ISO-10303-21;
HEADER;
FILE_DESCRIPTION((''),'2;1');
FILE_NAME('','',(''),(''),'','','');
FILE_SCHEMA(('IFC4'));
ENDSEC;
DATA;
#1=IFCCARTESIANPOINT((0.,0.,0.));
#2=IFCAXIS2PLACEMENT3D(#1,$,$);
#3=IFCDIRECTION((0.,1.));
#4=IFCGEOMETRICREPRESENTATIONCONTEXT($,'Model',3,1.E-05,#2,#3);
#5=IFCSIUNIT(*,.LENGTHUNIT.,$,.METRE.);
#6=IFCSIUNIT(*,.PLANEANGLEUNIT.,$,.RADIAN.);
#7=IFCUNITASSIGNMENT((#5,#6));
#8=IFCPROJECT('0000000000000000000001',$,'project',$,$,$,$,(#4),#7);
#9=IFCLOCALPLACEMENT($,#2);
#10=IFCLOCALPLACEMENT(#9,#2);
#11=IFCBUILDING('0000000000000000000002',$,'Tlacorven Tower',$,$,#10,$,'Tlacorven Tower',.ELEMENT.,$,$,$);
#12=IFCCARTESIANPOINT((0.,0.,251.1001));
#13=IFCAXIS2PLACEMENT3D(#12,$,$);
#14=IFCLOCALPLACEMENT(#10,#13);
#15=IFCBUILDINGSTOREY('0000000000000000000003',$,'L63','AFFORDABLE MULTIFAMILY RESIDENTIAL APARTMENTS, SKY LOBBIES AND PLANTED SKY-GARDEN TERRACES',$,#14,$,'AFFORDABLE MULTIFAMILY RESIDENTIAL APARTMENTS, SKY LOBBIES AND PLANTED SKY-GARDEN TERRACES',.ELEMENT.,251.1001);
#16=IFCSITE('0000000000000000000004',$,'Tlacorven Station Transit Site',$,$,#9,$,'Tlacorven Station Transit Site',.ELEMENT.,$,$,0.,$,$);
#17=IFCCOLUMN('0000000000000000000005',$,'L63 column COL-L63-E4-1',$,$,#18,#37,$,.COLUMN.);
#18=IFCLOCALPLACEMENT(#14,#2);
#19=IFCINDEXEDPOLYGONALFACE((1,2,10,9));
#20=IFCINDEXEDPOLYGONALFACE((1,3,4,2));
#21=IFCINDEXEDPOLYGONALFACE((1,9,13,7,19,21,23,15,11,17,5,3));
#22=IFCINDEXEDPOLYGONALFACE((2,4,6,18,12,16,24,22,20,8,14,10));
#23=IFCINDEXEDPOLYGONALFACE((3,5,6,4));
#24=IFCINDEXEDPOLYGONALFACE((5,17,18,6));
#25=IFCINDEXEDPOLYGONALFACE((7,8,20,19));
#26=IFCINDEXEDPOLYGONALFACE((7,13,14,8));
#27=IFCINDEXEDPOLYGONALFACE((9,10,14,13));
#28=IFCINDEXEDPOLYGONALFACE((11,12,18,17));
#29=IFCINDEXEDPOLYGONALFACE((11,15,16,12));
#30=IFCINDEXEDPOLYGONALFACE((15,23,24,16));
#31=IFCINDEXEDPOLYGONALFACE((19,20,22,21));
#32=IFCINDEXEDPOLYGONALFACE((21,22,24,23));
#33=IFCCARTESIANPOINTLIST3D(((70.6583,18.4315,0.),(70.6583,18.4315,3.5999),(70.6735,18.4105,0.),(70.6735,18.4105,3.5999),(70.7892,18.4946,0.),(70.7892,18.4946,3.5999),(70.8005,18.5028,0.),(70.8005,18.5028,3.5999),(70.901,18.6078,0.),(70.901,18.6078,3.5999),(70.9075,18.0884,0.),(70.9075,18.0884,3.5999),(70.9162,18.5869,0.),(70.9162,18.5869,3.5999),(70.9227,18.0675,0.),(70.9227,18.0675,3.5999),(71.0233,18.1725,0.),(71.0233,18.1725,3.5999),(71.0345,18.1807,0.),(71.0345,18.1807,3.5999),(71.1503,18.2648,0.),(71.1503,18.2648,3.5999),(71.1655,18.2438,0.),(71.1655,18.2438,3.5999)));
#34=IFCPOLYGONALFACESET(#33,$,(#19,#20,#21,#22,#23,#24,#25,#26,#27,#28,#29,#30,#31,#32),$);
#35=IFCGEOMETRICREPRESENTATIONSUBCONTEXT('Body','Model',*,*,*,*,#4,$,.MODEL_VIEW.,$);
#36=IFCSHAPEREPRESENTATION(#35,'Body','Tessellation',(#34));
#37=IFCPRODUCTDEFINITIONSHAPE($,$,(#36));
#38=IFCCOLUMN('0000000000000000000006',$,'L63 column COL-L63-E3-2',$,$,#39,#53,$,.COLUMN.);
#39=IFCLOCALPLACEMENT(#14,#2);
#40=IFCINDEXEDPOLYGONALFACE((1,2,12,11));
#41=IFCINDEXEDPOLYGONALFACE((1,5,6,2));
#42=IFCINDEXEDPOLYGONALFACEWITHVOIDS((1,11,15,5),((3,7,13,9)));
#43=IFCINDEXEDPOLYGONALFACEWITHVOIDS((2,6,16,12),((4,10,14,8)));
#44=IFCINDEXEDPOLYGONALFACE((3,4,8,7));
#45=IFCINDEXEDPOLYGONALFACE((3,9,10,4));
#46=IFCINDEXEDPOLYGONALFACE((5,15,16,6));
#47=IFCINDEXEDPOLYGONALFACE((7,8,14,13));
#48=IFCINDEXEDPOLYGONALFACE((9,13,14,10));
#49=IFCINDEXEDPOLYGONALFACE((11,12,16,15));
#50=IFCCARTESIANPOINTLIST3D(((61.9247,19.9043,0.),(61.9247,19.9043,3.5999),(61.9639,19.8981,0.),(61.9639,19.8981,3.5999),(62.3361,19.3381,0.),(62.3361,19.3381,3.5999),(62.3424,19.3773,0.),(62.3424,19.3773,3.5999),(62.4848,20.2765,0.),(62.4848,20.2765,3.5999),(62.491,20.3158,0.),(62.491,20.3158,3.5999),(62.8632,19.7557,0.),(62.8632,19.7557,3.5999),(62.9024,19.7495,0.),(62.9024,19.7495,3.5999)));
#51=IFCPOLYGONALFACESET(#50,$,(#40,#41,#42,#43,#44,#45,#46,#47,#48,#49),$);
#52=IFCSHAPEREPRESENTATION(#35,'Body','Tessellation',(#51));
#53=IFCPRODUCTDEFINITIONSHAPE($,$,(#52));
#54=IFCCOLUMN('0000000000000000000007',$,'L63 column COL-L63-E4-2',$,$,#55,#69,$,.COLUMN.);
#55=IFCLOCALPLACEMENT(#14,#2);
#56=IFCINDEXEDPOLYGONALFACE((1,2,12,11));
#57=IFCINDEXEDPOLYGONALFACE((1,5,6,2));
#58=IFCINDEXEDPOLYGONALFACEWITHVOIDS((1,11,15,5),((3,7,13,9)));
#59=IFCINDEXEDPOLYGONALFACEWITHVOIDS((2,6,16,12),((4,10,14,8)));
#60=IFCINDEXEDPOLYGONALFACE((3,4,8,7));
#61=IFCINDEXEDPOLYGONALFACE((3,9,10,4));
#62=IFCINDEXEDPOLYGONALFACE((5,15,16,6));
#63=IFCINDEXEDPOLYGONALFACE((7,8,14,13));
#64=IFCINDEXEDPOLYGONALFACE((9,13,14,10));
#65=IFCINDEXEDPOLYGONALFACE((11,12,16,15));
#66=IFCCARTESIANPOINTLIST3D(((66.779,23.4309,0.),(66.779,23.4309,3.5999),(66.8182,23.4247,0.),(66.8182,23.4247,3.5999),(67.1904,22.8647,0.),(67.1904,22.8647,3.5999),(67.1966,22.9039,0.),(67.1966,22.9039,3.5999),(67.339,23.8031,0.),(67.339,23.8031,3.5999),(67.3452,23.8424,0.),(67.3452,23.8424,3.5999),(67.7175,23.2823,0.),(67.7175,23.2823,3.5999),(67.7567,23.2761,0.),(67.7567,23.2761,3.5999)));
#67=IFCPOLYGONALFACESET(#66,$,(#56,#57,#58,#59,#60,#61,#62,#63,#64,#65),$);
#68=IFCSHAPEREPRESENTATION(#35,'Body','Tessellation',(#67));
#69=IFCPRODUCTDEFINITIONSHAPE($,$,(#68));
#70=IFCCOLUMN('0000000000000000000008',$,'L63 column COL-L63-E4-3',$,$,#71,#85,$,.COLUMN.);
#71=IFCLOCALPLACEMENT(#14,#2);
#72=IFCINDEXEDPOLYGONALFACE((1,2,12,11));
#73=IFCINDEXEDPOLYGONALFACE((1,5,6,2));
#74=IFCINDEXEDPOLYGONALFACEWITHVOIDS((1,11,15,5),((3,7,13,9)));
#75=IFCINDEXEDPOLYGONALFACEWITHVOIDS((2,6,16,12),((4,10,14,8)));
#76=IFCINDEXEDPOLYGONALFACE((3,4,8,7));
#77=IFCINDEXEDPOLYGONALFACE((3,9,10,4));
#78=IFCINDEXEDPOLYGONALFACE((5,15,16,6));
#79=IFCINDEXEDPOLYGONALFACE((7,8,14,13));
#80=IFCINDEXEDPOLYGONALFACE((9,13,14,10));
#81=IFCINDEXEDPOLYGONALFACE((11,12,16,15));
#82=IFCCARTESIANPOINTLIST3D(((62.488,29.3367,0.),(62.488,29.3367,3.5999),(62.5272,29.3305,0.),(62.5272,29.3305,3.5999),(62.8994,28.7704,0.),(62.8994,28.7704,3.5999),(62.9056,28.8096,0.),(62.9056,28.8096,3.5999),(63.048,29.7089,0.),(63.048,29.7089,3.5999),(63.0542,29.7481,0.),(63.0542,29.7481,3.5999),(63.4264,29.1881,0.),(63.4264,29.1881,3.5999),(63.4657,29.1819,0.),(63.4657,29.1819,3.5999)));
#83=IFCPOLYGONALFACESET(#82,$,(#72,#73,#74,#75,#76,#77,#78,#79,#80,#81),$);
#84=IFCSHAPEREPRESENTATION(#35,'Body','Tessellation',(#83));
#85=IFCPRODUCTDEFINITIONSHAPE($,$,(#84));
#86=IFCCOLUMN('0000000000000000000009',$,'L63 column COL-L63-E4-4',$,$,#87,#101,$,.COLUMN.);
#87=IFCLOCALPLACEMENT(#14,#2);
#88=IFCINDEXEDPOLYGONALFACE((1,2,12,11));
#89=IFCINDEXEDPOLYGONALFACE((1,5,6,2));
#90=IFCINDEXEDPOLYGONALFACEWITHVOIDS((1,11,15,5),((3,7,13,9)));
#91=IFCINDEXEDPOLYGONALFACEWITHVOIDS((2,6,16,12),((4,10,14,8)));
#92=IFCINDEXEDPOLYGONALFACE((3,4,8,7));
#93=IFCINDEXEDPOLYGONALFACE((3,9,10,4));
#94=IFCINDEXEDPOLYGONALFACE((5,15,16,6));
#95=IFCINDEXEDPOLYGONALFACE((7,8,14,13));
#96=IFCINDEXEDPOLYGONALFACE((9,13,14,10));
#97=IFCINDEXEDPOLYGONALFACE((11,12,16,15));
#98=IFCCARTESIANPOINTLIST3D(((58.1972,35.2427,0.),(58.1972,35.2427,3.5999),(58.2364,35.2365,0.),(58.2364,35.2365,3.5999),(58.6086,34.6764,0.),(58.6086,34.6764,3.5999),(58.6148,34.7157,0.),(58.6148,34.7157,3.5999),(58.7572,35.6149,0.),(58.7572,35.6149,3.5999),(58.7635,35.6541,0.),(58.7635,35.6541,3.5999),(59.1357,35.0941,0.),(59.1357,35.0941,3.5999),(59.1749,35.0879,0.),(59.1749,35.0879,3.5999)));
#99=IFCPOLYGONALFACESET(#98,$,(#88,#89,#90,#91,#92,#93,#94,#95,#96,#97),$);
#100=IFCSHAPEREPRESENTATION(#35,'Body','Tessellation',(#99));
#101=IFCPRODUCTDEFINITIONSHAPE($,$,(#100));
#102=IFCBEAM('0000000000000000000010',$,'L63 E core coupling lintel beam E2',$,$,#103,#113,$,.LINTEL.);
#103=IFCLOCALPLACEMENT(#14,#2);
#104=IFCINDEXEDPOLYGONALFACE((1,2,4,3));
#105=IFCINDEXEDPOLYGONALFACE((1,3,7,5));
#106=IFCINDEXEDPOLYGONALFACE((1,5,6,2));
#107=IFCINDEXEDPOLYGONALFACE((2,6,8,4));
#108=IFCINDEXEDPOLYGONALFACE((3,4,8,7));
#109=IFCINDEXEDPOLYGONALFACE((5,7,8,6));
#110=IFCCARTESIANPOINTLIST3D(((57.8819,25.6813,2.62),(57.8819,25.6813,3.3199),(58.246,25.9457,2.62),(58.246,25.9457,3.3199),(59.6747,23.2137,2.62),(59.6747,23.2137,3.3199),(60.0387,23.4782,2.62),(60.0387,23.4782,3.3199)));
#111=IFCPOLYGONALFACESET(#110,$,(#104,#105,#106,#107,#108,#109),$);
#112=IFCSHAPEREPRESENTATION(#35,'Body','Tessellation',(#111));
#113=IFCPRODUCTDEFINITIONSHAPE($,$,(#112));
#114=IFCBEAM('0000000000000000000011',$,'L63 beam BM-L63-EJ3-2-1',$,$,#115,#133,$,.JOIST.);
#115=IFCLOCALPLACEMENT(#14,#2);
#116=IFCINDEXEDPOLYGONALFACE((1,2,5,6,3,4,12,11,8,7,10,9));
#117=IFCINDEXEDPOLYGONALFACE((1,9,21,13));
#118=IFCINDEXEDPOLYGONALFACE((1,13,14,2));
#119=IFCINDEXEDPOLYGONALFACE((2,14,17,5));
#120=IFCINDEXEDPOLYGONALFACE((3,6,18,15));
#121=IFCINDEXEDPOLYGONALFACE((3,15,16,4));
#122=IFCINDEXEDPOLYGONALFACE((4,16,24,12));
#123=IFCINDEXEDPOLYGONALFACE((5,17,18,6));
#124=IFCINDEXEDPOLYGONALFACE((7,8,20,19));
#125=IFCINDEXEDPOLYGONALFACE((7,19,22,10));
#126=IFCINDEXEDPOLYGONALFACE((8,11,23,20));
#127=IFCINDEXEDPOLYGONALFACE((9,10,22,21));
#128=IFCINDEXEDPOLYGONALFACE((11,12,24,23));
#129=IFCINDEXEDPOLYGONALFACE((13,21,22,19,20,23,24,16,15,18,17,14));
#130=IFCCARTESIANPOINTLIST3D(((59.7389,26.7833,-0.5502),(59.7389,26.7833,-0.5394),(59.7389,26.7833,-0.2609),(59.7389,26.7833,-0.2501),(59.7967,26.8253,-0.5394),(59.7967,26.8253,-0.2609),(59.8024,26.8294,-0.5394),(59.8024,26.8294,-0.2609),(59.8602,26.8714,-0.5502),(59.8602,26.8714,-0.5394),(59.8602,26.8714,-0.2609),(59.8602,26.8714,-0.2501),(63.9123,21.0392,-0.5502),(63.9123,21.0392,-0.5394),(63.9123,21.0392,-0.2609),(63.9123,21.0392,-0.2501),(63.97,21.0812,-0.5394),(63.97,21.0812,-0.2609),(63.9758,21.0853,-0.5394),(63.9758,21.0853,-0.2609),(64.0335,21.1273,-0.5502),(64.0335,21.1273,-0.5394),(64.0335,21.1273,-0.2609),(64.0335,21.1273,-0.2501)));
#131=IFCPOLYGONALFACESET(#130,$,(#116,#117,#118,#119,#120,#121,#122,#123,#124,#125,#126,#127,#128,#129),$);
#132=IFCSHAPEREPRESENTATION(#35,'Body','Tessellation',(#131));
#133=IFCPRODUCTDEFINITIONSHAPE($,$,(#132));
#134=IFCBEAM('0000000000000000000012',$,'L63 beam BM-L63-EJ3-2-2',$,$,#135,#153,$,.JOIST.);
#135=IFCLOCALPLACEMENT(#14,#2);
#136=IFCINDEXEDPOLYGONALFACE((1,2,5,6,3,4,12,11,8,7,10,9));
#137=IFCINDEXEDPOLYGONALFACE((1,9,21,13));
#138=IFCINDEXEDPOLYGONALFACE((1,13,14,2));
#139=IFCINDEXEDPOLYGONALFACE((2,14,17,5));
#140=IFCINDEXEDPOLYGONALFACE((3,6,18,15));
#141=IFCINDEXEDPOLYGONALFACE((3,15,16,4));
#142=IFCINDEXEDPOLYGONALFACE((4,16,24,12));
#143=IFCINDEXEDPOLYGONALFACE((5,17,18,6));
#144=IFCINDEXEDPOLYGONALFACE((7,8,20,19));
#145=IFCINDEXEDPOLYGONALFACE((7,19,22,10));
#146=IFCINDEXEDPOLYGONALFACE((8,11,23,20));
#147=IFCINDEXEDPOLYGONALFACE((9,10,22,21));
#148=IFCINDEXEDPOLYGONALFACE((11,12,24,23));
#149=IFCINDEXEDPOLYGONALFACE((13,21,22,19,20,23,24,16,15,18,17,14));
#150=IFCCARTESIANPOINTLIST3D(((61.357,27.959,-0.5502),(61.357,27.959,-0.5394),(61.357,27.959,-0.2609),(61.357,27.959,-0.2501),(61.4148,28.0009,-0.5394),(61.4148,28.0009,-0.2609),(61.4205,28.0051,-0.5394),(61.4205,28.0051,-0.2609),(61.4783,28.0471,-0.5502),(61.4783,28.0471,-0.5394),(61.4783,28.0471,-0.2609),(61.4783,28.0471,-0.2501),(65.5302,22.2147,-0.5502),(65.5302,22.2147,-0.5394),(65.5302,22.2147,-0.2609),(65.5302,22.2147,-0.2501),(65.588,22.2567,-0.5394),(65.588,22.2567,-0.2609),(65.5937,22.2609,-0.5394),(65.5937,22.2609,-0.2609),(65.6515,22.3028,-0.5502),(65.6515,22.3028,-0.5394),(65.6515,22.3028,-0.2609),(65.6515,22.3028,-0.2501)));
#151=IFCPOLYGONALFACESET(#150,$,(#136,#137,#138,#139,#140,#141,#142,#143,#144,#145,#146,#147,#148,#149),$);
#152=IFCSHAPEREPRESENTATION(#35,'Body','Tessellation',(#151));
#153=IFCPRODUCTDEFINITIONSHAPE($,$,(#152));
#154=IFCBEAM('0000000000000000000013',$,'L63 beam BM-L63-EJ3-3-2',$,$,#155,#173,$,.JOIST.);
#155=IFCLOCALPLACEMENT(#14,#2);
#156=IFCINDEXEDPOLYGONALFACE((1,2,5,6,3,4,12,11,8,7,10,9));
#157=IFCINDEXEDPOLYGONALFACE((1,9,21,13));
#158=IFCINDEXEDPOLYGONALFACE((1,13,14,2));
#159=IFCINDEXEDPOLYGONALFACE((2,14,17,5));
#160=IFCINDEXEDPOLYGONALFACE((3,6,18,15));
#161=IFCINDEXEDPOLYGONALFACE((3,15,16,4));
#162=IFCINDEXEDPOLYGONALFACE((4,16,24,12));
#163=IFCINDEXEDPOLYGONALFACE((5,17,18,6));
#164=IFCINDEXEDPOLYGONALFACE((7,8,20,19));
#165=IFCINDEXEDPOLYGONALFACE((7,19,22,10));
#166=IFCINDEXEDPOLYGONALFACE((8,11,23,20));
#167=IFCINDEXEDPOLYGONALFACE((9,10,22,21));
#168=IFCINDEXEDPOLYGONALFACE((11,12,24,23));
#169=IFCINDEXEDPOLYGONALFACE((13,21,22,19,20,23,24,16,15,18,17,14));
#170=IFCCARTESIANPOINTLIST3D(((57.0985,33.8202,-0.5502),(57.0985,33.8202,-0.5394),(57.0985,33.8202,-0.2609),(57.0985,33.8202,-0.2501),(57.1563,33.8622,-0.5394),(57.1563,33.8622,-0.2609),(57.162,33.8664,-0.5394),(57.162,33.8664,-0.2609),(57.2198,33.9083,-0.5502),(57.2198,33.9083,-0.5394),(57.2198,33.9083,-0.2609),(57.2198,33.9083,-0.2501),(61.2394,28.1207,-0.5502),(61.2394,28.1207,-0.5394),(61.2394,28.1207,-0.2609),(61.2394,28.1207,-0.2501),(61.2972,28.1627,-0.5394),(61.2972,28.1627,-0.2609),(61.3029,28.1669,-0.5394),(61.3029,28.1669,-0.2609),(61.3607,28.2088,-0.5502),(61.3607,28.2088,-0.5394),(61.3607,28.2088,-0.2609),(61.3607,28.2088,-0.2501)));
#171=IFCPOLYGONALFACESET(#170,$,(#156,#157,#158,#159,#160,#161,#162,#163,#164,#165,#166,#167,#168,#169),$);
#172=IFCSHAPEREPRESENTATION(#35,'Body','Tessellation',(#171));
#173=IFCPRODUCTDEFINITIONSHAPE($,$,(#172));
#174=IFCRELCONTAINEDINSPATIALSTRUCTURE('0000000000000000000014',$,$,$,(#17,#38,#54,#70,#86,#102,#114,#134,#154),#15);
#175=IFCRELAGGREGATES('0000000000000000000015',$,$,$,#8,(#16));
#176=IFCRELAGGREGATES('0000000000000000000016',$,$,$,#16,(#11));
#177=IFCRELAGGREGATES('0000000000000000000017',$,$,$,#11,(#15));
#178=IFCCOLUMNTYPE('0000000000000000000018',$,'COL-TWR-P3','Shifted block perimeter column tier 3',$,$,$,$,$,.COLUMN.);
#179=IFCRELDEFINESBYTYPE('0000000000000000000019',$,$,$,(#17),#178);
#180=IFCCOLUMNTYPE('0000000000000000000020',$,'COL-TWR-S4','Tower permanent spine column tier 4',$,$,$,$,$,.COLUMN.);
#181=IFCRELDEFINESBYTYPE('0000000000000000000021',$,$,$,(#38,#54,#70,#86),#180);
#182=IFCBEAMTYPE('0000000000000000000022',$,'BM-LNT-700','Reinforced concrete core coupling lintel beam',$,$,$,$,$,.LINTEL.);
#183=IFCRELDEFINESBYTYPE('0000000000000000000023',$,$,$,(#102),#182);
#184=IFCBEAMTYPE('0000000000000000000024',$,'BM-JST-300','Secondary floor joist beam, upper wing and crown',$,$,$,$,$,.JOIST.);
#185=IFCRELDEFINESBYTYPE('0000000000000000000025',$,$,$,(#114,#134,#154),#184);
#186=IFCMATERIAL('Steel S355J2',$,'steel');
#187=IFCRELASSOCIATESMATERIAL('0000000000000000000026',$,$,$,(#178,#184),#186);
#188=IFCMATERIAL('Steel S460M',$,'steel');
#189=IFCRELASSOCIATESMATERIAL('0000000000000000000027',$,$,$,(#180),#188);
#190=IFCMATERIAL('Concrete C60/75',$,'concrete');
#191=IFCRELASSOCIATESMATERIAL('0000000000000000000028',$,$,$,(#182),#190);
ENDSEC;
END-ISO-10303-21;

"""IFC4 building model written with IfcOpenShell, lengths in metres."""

from ifc_helpers import new_model, si_unit, direction, frame, origin, origin_2d, place, context, subcontext, project, spatial, rectangle, hollow_rectangle, i_section, extrude, source, transform, mapped, material, material_profile, profile_set, type_object, element, save


model = new_model("IFC4")

# Units and contexts
model_context = context("Model", 3, precision=1e-05, world=origin(), true_north=direction((0.0, 1.0)))
body_context = subcontext(model_context, "Body", "Model", "MODEL_VIEW")
ifc_project = project(units=[si_unit("LENGTHUNIT", "METRE"), si_unit("PLANEANGLEUNIT", "RADIAN")], contexts=[model_context])

# Site, building, storey
site_placement = place(None, origin())
site = spatial("IfcSite", under=ifc_project, at=site_placement, Name="Tlacorven Station Transit Site", LongName="Tlacorven Station Transit Site", CompositionType="ELEMENT", RefElevation=0.0)
building_placement = place(site_placement, origin())
building = spatial("IfcBuilding", under=site, at=building_placement, Name="Tlacorven Tower", LongName="Tlacorven Tower", CompositionType="ELEMENT")
storey_placement = place(building_placement, frame((0.0, 0.0, 251.1001)))
storey = spatial("IfcBuildingStorey", under=building, at=storey_placement, Name="L63", Description="AFFORDABLE MULTIFAMILY RESIDENTIAL APARTMENTS, SKY LOBBIES AND PLANTED SKY-GARDEN TERRACES", LongName="AFFORDABLE MULTIFAMILY RESIDENTIAL APARTMENTS, SKY LOBBIES AND PLANTED SKY-GARDEN TERRACES", CompositionType="ELEMENT", Elevation=251.1001)

# Columns
ifc_material_1 = material(Name="Steel S355J2", Category="steel")
ifc_material_profile_1 = material_profile(ifc_material_1, i_section(OverallWidth=0.3, OverallDepth=0.45, WebThickness=0.0139, FlangeThickness=0.0259, at=origin_2d()), Name="HEB 450")
ifc_profile_set_1 = profile_set([ifc_material_profile_1], Name="Steel S355J2")
column_type_1 = type_object("IfcColumnType", Name="COL-TWR-P3", Description="Shifted block perimeter column tier 3", PredefinedType="COLUMN", material=ifc_profile_set_1)
shared_shape_1 = source(origin(), body_context, "Body", "SweptSolid", [
    extrude(i_section(OverallWidth=0.3, OverallDepth=0.45, WebThickness=0.0139, FlangeThickness=0.0259, at=origin_2d()), origin(), (0.0, 0.0, 1.0), 3.5999),
])
column_placement = place(storey_placement, frame((70.9119, 18.3376, 0.0), z_axis=(0.0, 0.0, 1.0), x_axis=(0.809017, 0.587785, 0.0)))
element("IfcColumn", 1, at=column_placement, inside=storey, type_object=column_type_1, Name="L63 column COL-L63-E4-1", PredefinedType="COLUMN", context=body_context, shape_type="MappedRepresentation", body=[
    mapped(shared_shape_1, transform((0.0, 0.0, 0.0), scale=1.0)),
])
ifc_material_2 = material(Name="Steel S460M", Category="steel")
ifc_material_profile_2 = material_profile(ifc_material_2, hollow_rectangle(XDim=0.7, YDim=0.7, WallThickness=0.0281, at=origin_2d()), Name="BOX 700X700X28")
ifc_profile_set_2 = profile_set([ifc_material_profile_2], Name="Steel S460M")
column_type_2 = type_object("IfcColumnType", Name="COL-TWR-S4", Description="Tower permanent spine column tier 4", PredefinedType="COLUMN", material=ifc_profile_set_2)
shared_shape_2 = source(origin(), body_context, "Body", "SweptSolid", [
    extrude(hollow_rectangle(XDim=0.7, YDim=0.7, WallThickness=0.0281, at=origin_2d()), origin(), (0.0, 0.0, 1.0), 3.5999),
])
for number, where, z_axis, x_axis, name in (
    (2, (62.4136, 19.8269, 0.0), (0.0, 0.0, 1.0), (0.809017, 0.587785, 0.0), "L63 column COL-L63-E3-2"),
    (3, (67.2678, 23.3535, 0.0), (0.0, 0.0, 1.0), (0.809017, 0.587785, 0.0), "L63 column COL-L63-E4-2"),
    (4, (62.9768, 29.2593, 0.0), (0.0, 0.0, 1.0), (0.809017, 0.587785, 0.0), "L63 column COL-L63-E4-3"),
    (5, (58.686, 35.1653, 0.0), (0.0, 0.0, 1.0), (0.809017, 0.587785, 0.0), "L63 column COL-L63-E4-4"),
):
    element("IfcColumn", number, at=place(storey_placement, frame(where, z_axis=z_axis, x_axis=x_axis)), inside=storey, type_object=column_type_2, Name=name, PredefinedType="COLUMN", context=body_context, shape_type="MappedRepresentation", body=[
        mapped(shared_shape_2, transform((0.0, 0.0, 0.0), scale=1.0)),
    ])

# Beams
ifc_material_3 = material(Name="Concrete C60/75", Category="concrete")
ifc_material_profile_3 = material_profile(ifc_material_3, rectangle(XDim=0.45, YDim=0.7, at=origin_2d()), Name="RC 450X700")
ifc_profile_set_3 = profile_set([ifc_material_profile_3], Name="Concrete C60/75")
beam_type_1 = type_object("IfcBeamType", Name="BM-LNT-700", Description="Reinforced concrete core coupling lintel beam", PredefinedType="LINTEL", material=ifc_profile_set_3)
shared_shape_3 = source(origin(), body_context, "Body", "SweptSolid", [
    extrude(rectangle(XDim=0.45, YDim=0.7, at=origin_2d()), origin(), (0.0, 0.0, 1.0), 3.05),
])
beam_1_placement = place(storey_placement, frame((59.8567, 23.3459, 2.97), z_axis=(-0.587777, 0.809023, 0.0), x_axis=(-0.809023, -0.587777, 0.0)))
element("IfcBeam", 6, at=beam_1_placement, inside=storey, type_object=beam_type_1, Name="L63 E core coupling lintel beam E2", PredefinedType="LINTEL", context=body_context, shape_type="MappedRepresentation", body=[
    mapped(shared_shape_3, transform((0.0, 0.0, 0.0), scale=1.0)),
])
ifc_material_profile_4 = material_profile(ifc_material_1, i_section(OverallWidth=0.1499, OverallDepth=0.3, WebThickness=0.0071, FlangeThickness=0.0107, at=origin_2d()), Name="IPE 300")
ifc_profile_set_4 = profile_set([ifc_material_profile_4], Name="Steel S355J2")
beam_type_2 = type_object("IfcBeamType", Name="BM-JST-300", Description="Secondary floor joist beam, upper wing and crown", PredefinedType="JOIST", material=ifc_profile_set_4)
shared_shape_4 = source(origin(), body_context, "Body", "SweptSolid", [
    extrude(i_section(OverallWidth=0.1499, OverallDepth=0.3, WebThickness=0.0071, FlangeThickness=0.0107, at=origin_2d()), origin(), (0.0, 0.0, 1.0), 7.1001),
])
for number, where, z_axis, x_axis, name in (
    (7, (63.9729, 21.0833, -0.4001), (-0.587783, 0.809019, 0.0), (-0.809019, -0.587783, 0.0), "L63 beam BM-L63-EJ3-2-1"),
    (8, (65.5908, 22.2588, -0.4001), (-0.587761, 0.809035, 0.0), (-0.809035, -0.587761, 0.0), "L63 beam BM-L63-EJ3-2-2"),
):
    element("IfcBeam", number, at=place(storey_placement, frame(where, z_axis=z_axis, x_axis=x_axis)), inside=storey, type_object=beam_type_2, Name=name, PredefinedType="JOIST", context=body_context, shape_type="MappedRepresentation", body=[
        mapped(shared_shape_4, transform((0.0, 0.0, 0.0), scale=1.0)),
    ])
shared_shape_5 = source(origin(), body_context, "Body", "SweptSolid", [
    extrude(i_section(OverallWidth=0.1499, OverallDepth=0.3, WebThickness=0.0071, FlangeThickness=0.0107, at=origin_2d()), origin(), (0.0, 0.0, 1.0), 7.0449),
])
beam_2_placement = place(storey_placement, frame((61.3, 28.1648, -0.4001), z_axis=(-0.587782, 0.809019, 0.0), x_axis=(-0.809019, -0.587782, 0.0)))
element("IfcBeam", 9, at=beam_2_placement, inside=storey, type_object=beam_type_2, Name="L63 beam BM-L63-EJ3-3-2", PredefinedType="JOIST", context=body_context, shape_type="MappedRepresentation", body=[
    mapped(shared_shape_5, transform((0.0, 0.0, 0.0), scale=1.0)),
])

save(model, "model.ifc")
